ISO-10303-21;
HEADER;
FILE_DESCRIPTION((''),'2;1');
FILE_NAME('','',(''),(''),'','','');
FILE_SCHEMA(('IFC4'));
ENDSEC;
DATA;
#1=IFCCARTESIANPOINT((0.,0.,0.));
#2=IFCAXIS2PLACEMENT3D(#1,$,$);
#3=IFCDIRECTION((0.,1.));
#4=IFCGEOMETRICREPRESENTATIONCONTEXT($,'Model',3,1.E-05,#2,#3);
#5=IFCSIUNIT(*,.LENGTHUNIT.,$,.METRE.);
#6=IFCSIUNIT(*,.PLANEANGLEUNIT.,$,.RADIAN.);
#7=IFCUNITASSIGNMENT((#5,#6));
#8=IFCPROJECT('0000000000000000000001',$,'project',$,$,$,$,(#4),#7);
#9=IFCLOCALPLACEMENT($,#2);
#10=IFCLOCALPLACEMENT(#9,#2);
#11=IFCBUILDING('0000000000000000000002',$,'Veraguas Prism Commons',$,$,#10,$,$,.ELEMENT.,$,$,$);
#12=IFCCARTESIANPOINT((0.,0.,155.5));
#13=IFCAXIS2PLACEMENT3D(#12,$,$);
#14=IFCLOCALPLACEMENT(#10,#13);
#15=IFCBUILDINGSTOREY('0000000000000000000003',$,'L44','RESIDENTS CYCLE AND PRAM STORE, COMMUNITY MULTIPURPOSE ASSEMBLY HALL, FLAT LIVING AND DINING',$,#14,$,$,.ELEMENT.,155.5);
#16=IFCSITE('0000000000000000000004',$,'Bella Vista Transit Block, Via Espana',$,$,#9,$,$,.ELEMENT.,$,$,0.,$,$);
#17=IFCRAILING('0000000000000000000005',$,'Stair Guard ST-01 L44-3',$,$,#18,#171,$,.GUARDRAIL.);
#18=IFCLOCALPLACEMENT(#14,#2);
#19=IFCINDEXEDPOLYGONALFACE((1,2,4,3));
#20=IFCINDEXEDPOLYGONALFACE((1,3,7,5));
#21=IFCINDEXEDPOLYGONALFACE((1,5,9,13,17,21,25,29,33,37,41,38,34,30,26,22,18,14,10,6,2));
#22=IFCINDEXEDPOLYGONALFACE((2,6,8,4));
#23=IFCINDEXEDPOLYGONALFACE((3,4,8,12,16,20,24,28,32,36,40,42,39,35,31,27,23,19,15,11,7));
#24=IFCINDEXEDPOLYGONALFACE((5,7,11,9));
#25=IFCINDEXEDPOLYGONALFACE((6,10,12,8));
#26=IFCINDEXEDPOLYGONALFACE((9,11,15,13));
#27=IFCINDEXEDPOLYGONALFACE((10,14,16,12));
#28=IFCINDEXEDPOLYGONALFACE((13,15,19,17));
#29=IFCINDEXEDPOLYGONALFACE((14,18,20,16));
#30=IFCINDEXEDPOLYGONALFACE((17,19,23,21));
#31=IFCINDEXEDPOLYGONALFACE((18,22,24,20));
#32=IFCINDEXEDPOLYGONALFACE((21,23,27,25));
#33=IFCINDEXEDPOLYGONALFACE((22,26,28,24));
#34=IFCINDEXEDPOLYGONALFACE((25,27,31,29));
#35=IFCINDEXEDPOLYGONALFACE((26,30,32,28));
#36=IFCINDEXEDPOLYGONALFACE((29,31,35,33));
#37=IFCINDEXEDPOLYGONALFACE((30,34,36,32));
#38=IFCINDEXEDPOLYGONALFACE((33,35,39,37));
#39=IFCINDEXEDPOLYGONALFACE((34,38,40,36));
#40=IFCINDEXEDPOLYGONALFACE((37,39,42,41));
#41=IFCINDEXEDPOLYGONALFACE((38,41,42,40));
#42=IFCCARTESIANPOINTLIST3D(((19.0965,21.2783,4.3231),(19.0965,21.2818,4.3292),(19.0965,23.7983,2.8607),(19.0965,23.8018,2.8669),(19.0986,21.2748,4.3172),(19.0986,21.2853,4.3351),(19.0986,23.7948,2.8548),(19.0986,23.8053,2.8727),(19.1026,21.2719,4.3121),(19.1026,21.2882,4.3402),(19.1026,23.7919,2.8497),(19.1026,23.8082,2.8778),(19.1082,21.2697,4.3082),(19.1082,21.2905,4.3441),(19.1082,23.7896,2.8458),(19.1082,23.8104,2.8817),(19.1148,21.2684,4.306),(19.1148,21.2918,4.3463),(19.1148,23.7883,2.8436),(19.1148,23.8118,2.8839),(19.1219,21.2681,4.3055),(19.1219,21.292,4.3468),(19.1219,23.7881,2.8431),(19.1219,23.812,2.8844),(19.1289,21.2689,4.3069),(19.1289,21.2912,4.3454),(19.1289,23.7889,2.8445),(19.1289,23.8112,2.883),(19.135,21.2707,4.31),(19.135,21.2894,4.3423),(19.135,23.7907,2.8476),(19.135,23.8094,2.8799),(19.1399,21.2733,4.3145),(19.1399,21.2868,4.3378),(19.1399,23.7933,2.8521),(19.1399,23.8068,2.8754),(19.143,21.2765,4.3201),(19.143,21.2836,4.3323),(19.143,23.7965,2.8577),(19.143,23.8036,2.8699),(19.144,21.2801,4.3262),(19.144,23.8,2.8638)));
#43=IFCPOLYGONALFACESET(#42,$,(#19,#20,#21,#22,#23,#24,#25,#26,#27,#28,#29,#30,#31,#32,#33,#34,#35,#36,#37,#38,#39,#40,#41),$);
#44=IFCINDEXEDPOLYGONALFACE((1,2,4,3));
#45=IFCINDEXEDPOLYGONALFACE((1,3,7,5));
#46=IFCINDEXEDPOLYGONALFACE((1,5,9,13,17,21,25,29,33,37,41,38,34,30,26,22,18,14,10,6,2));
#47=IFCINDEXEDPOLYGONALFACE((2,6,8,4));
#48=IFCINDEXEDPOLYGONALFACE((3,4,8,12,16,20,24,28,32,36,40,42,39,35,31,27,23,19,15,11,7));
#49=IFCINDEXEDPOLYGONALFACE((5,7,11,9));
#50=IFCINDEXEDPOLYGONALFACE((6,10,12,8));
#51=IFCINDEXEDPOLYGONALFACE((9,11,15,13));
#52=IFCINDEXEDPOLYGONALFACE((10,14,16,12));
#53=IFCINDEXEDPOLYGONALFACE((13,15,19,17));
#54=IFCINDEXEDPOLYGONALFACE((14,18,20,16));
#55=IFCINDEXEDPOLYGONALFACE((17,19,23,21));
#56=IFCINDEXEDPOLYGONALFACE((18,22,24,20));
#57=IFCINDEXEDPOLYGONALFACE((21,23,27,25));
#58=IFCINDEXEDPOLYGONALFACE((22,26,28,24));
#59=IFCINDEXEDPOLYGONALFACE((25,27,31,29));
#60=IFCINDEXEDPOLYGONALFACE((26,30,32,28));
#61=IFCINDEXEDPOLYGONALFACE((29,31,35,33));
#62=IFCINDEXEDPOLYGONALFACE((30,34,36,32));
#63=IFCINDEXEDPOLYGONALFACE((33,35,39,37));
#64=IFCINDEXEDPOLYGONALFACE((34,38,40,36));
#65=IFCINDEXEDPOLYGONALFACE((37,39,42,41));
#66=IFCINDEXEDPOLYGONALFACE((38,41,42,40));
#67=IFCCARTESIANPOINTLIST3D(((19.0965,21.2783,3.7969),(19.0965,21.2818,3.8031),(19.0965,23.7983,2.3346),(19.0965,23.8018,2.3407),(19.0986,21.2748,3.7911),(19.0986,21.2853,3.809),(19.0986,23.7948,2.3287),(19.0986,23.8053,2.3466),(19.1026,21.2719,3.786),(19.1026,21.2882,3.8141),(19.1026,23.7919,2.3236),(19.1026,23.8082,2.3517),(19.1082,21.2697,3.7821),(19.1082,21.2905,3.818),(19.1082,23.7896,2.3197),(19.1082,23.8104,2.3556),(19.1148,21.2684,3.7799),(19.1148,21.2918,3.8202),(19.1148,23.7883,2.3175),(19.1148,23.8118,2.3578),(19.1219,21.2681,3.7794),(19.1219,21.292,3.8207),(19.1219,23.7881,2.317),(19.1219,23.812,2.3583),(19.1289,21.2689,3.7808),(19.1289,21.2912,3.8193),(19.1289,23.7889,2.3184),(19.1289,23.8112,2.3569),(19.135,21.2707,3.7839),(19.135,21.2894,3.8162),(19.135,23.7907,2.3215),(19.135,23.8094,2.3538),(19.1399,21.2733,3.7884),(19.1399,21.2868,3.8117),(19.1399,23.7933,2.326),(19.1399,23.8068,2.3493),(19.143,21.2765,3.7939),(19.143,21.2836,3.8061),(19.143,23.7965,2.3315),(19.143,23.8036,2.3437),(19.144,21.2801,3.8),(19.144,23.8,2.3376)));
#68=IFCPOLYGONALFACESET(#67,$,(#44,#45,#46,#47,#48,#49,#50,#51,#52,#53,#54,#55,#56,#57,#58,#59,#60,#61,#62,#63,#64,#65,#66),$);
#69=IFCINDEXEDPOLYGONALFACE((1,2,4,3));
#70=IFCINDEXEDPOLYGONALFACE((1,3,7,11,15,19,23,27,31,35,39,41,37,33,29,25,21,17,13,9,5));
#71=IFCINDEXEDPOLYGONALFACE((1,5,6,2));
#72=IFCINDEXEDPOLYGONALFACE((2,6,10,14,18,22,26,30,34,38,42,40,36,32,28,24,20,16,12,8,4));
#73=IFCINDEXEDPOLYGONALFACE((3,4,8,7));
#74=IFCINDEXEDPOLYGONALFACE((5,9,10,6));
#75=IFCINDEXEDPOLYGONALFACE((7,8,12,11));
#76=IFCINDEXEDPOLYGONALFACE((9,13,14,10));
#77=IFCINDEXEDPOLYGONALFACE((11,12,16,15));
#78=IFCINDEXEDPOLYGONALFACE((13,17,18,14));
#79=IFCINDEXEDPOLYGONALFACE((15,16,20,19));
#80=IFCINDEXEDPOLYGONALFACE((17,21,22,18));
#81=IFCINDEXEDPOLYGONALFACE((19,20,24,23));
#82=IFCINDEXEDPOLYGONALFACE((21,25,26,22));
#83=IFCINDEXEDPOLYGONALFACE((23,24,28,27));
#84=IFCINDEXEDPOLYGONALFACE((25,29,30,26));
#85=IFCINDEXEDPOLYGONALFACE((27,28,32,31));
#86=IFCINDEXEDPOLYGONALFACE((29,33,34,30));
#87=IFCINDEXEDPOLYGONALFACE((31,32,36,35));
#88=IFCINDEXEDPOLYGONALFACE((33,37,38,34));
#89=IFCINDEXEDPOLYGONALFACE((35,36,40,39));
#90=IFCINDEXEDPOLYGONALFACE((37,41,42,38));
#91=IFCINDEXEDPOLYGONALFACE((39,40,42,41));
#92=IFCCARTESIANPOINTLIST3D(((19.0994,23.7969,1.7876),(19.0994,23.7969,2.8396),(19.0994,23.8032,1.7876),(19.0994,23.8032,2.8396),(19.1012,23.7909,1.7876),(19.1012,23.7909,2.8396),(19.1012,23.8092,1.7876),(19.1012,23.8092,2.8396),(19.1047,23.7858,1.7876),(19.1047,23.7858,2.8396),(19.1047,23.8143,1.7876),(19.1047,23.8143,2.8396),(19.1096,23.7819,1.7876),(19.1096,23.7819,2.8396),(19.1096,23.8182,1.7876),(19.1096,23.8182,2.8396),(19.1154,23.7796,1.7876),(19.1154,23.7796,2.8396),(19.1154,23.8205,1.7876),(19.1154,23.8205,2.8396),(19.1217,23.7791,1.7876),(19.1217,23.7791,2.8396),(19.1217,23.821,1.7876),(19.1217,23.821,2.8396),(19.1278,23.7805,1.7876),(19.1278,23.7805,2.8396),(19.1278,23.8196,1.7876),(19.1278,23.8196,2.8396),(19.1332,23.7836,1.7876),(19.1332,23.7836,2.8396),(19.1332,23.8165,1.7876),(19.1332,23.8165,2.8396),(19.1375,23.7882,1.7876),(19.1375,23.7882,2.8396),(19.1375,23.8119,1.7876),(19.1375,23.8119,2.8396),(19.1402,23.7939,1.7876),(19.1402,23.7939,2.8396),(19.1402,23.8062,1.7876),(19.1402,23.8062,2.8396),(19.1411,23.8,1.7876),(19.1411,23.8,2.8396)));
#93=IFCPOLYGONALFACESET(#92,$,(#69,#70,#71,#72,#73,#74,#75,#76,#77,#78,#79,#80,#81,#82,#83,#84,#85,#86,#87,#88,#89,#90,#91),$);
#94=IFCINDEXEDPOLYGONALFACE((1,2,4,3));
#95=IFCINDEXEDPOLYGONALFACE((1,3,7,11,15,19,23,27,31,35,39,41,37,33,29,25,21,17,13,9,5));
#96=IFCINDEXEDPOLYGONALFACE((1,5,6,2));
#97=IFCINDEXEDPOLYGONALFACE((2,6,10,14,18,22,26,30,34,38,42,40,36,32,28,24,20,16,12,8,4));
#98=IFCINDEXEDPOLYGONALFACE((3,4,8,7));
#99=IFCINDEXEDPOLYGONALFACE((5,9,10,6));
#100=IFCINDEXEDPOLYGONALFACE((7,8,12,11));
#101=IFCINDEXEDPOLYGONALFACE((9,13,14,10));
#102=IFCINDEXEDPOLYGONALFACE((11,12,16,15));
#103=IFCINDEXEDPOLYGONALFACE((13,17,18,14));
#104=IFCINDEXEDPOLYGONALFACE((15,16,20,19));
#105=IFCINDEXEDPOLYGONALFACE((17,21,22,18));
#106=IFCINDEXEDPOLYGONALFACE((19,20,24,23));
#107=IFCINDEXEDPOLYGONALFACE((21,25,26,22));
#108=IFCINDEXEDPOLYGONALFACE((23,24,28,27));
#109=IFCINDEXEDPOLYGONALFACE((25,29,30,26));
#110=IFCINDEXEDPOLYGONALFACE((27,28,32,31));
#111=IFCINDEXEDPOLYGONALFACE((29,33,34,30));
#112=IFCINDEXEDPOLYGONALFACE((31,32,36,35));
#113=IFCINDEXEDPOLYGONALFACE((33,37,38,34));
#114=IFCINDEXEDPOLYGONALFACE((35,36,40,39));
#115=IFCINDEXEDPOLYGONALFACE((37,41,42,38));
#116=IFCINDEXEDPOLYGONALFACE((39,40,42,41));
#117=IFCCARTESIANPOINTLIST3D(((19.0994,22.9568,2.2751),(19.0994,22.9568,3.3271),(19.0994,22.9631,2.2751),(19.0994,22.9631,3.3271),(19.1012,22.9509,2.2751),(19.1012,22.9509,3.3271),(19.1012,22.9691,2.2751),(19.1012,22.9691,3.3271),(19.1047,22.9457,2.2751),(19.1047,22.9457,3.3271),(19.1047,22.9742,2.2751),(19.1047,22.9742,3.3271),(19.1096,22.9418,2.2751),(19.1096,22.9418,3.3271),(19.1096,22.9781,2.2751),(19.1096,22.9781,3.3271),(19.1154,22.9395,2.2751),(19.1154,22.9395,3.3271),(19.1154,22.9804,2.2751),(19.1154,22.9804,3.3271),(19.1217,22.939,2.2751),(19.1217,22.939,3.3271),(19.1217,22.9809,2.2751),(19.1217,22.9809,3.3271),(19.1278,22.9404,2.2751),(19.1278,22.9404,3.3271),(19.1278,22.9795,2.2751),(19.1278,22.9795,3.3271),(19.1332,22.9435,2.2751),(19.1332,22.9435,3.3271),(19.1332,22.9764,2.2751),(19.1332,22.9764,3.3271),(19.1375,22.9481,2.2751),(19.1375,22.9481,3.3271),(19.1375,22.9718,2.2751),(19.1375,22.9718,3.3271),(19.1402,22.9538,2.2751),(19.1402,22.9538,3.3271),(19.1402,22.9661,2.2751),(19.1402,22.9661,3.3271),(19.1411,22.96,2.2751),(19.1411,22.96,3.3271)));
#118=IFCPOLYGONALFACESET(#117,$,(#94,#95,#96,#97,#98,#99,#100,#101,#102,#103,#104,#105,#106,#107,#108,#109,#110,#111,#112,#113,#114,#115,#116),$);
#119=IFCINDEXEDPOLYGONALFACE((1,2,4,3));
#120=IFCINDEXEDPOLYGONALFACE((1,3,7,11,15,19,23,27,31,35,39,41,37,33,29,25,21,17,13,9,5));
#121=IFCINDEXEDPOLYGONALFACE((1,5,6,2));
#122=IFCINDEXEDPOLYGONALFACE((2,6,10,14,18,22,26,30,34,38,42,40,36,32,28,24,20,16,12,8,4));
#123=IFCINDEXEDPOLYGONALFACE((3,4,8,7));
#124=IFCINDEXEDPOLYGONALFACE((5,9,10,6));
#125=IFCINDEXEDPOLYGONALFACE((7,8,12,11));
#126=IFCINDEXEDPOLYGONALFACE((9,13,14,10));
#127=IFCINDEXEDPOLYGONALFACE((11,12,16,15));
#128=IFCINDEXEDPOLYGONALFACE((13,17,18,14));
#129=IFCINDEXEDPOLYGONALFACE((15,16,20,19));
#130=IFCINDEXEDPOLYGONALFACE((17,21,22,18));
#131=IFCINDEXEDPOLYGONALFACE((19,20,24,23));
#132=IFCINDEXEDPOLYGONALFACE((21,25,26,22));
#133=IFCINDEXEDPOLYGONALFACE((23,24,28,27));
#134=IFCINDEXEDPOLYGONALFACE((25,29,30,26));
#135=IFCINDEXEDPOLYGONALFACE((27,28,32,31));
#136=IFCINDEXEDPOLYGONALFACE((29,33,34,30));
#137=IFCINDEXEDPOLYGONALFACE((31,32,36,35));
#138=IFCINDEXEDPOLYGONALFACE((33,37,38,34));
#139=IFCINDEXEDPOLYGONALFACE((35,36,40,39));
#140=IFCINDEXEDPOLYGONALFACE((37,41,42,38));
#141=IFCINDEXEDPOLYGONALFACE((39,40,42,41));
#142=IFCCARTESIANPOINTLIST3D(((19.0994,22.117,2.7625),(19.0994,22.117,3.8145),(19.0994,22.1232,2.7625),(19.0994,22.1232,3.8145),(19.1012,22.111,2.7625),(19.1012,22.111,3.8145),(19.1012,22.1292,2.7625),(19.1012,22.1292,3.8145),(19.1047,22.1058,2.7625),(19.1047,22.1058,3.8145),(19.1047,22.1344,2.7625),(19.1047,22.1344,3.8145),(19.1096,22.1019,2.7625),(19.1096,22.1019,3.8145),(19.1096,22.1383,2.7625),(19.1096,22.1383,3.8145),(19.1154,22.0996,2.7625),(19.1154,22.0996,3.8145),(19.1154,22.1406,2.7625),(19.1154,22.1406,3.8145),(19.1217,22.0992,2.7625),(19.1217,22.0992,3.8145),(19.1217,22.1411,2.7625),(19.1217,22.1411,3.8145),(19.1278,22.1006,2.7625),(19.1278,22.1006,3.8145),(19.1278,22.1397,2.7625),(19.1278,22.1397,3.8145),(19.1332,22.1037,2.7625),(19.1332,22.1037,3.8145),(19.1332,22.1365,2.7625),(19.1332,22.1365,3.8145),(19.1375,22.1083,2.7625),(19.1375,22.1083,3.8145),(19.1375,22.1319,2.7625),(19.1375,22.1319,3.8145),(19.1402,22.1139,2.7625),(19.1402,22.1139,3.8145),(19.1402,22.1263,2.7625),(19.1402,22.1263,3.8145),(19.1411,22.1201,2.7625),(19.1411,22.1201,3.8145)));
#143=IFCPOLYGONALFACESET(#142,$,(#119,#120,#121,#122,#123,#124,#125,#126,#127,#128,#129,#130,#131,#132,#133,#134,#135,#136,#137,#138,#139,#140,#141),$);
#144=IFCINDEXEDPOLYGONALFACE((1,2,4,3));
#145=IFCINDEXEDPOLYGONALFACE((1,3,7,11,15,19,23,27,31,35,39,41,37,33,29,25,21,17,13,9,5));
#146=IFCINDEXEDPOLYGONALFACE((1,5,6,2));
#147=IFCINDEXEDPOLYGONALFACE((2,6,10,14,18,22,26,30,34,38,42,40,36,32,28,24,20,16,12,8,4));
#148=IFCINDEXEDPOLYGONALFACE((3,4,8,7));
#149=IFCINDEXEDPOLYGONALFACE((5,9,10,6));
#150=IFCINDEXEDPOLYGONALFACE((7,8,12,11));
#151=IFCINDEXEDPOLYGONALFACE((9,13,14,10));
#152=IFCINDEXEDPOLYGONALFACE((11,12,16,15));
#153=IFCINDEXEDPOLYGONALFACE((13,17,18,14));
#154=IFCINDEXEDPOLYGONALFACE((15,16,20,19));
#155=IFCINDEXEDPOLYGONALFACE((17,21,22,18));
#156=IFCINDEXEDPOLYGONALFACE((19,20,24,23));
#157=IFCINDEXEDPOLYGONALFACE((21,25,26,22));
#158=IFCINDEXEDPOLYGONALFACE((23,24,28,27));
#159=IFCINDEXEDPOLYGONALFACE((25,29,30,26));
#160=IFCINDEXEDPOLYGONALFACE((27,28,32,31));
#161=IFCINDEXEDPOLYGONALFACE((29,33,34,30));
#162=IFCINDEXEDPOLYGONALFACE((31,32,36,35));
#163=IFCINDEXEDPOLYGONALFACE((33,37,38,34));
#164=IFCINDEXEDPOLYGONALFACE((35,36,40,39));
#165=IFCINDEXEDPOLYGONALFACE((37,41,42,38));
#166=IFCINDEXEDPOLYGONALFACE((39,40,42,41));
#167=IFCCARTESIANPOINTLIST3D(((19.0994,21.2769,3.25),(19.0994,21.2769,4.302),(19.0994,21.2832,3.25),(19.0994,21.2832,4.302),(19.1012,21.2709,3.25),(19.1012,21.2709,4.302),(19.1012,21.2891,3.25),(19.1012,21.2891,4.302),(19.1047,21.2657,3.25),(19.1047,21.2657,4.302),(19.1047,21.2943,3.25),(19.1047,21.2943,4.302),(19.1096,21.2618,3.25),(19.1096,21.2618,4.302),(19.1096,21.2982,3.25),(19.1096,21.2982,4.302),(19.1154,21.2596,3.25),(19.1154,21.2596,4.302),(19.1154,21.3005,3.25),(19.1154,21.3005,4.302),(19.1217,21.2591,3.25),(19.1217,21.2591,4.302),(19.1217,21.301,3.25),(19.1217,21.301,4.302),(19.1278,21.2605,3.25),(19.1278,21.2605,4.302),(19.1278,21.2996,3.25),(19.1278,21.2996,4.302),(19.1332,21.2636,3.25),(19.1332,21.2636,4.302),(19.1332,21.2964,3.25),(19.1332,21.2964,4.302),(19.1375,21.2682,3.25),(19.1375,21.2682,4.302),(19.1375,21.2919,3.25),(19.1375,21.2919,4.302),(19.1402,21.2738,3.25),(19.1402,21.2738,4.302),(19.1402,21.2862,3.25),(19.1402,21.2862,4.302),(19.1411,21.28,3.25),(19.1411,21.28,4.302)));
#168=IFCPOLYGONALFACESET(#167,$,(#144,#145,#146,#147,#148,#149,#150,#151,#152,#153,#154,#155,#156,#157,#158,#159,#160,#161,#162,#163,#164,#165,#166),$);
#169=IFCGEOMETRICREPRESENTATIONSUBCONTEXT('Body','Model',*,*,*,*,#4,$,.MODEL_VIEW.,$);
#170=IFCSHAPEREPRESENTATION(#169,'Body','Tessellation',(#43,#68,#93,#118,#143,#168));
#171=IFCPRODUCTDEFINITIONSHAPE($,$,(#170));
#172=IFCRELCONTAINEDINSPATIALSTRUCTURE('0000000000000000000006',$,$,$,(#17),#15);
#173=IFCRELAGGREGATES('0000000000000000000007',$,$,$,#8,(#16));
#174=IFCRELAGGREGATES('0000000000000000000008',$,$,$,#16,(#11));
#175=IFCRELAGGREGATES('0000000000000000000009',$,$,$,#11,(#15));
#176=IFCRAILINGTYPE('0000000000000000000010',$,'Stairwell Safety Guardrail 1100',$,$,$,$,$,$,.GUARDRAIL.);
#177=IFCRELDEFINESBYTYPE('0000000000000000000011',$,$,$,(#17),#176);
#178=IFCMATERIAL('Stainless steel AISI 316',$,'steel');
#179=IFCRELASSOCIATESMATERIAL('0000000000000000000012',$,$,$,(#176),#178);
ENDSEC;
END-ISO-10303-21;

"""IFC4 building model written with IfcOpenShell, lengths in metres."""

from ifc_helpers import new_model, si_unit, direction, frame, origin, origin_2d, place, context, subcontext, project, spatial, circle, extrude, material, type_object, element, save


model = new_model("IFC4")

# Units and contexts
model_context = context("Model", 3, precision=1e-05, world=origin(), true_north=direction((0.0, 1.0)))
body_context = subcontext(model_context, "Body", "Model", "MODEL_VIEW")
ifc_project = project(units=[si_unit("LENGTHUNIT", "METRE"), si_unit("PLANEANGLEUNIT", "RADIAN")], contexts=[model_context])

# Site, building, storey
site_placement = place(None, origin())
site = spatial("IfcSite", under=ifc_project, at=site_placement, Name="Bella Vista Transit Block, Via Espana", CompositionType="ELEMENT", RefElevation=0.0)
building_placement = place(site_placement, origin())
building = spatial("IfcBuilding", under=site, at=building_placement, Name="Veraguas Prism Commons", CompositionType="ELEMENT")
storey_placement = place(building_placement, frame((0.0, 0.0, 155.5)))
storey = spatial("IfcBuildingStorey", under=building, at=storey_placement, Name="L44", Description="RESIDENTS CYCLE AND PRAM STORE, COMMUNITY MULTIPURPOSE ASSEMBLY HALL, FLAT LIVING AND DINING", CompositionType="ELEMENT", Elevation=155.5)

# Railing
ifc_material_1 = material(Name="Stainless steel AISI 316", Category="steel")
railing_type_1 = type_object("IfcRailingType", Name="Stairwell Safety Guardrail 1100", PredefinedType="GUARDRAIL", material=ifc_material_1)
railing_1_placement = place(storey_placement, frame((19.1201, 23.8, 1.7876)))
element("IfcRailing", 1, at=railing_1_placement, inside=storey, type_object=railing_type_1, Name="Stair Guard ST-01 L44-3", PredefinedType="GUARDRAIL", context=body_context, shape_type="SweptSolid", body=[
    extrude(circle(Radius=0.0239, at=origin_2d()), frame((0.0, 0.0, 1.0762), z_axis=(0.0, -0.864913, 0.501921), x_axis=(1.0, 0.0, 0.0)), (0.0, 0.0, 1.0), 2.9136),
    extrude(circle(Radius=0.0239, at=origin_2d()), frame((0.0, 0.0, 0.55), z_axis=(0.0, -0.864913, 0.501921), x_axis=(1.0, 0.0, 0.0)), (0.0, 0.0, 1.0), 2.9136),
    extrude(circle(Radius=0.021, at=origin_2d()), origin(), (0.0, 0.0, 1.0), 1.052),
    extrude(circle(Radius=0.021, at=origin_2d()), frame((0.0, -0.8401, 0.4875)), (0.0, 0.0, 1.0), 1.052),
    extrude(circle(Radius=0.021, at=origin_2d()), frame((0.0, -1.6799, 0.9749)), (0.0, 0.0, 1.0), 1.052),
    extrude(circle(Radius=0.021, at=origin_2d()), frame((0.0, -2.52, 1.4624)), (0.0, 0.0, 1.0), 1.052),
])

save(model, "model.ifc")
